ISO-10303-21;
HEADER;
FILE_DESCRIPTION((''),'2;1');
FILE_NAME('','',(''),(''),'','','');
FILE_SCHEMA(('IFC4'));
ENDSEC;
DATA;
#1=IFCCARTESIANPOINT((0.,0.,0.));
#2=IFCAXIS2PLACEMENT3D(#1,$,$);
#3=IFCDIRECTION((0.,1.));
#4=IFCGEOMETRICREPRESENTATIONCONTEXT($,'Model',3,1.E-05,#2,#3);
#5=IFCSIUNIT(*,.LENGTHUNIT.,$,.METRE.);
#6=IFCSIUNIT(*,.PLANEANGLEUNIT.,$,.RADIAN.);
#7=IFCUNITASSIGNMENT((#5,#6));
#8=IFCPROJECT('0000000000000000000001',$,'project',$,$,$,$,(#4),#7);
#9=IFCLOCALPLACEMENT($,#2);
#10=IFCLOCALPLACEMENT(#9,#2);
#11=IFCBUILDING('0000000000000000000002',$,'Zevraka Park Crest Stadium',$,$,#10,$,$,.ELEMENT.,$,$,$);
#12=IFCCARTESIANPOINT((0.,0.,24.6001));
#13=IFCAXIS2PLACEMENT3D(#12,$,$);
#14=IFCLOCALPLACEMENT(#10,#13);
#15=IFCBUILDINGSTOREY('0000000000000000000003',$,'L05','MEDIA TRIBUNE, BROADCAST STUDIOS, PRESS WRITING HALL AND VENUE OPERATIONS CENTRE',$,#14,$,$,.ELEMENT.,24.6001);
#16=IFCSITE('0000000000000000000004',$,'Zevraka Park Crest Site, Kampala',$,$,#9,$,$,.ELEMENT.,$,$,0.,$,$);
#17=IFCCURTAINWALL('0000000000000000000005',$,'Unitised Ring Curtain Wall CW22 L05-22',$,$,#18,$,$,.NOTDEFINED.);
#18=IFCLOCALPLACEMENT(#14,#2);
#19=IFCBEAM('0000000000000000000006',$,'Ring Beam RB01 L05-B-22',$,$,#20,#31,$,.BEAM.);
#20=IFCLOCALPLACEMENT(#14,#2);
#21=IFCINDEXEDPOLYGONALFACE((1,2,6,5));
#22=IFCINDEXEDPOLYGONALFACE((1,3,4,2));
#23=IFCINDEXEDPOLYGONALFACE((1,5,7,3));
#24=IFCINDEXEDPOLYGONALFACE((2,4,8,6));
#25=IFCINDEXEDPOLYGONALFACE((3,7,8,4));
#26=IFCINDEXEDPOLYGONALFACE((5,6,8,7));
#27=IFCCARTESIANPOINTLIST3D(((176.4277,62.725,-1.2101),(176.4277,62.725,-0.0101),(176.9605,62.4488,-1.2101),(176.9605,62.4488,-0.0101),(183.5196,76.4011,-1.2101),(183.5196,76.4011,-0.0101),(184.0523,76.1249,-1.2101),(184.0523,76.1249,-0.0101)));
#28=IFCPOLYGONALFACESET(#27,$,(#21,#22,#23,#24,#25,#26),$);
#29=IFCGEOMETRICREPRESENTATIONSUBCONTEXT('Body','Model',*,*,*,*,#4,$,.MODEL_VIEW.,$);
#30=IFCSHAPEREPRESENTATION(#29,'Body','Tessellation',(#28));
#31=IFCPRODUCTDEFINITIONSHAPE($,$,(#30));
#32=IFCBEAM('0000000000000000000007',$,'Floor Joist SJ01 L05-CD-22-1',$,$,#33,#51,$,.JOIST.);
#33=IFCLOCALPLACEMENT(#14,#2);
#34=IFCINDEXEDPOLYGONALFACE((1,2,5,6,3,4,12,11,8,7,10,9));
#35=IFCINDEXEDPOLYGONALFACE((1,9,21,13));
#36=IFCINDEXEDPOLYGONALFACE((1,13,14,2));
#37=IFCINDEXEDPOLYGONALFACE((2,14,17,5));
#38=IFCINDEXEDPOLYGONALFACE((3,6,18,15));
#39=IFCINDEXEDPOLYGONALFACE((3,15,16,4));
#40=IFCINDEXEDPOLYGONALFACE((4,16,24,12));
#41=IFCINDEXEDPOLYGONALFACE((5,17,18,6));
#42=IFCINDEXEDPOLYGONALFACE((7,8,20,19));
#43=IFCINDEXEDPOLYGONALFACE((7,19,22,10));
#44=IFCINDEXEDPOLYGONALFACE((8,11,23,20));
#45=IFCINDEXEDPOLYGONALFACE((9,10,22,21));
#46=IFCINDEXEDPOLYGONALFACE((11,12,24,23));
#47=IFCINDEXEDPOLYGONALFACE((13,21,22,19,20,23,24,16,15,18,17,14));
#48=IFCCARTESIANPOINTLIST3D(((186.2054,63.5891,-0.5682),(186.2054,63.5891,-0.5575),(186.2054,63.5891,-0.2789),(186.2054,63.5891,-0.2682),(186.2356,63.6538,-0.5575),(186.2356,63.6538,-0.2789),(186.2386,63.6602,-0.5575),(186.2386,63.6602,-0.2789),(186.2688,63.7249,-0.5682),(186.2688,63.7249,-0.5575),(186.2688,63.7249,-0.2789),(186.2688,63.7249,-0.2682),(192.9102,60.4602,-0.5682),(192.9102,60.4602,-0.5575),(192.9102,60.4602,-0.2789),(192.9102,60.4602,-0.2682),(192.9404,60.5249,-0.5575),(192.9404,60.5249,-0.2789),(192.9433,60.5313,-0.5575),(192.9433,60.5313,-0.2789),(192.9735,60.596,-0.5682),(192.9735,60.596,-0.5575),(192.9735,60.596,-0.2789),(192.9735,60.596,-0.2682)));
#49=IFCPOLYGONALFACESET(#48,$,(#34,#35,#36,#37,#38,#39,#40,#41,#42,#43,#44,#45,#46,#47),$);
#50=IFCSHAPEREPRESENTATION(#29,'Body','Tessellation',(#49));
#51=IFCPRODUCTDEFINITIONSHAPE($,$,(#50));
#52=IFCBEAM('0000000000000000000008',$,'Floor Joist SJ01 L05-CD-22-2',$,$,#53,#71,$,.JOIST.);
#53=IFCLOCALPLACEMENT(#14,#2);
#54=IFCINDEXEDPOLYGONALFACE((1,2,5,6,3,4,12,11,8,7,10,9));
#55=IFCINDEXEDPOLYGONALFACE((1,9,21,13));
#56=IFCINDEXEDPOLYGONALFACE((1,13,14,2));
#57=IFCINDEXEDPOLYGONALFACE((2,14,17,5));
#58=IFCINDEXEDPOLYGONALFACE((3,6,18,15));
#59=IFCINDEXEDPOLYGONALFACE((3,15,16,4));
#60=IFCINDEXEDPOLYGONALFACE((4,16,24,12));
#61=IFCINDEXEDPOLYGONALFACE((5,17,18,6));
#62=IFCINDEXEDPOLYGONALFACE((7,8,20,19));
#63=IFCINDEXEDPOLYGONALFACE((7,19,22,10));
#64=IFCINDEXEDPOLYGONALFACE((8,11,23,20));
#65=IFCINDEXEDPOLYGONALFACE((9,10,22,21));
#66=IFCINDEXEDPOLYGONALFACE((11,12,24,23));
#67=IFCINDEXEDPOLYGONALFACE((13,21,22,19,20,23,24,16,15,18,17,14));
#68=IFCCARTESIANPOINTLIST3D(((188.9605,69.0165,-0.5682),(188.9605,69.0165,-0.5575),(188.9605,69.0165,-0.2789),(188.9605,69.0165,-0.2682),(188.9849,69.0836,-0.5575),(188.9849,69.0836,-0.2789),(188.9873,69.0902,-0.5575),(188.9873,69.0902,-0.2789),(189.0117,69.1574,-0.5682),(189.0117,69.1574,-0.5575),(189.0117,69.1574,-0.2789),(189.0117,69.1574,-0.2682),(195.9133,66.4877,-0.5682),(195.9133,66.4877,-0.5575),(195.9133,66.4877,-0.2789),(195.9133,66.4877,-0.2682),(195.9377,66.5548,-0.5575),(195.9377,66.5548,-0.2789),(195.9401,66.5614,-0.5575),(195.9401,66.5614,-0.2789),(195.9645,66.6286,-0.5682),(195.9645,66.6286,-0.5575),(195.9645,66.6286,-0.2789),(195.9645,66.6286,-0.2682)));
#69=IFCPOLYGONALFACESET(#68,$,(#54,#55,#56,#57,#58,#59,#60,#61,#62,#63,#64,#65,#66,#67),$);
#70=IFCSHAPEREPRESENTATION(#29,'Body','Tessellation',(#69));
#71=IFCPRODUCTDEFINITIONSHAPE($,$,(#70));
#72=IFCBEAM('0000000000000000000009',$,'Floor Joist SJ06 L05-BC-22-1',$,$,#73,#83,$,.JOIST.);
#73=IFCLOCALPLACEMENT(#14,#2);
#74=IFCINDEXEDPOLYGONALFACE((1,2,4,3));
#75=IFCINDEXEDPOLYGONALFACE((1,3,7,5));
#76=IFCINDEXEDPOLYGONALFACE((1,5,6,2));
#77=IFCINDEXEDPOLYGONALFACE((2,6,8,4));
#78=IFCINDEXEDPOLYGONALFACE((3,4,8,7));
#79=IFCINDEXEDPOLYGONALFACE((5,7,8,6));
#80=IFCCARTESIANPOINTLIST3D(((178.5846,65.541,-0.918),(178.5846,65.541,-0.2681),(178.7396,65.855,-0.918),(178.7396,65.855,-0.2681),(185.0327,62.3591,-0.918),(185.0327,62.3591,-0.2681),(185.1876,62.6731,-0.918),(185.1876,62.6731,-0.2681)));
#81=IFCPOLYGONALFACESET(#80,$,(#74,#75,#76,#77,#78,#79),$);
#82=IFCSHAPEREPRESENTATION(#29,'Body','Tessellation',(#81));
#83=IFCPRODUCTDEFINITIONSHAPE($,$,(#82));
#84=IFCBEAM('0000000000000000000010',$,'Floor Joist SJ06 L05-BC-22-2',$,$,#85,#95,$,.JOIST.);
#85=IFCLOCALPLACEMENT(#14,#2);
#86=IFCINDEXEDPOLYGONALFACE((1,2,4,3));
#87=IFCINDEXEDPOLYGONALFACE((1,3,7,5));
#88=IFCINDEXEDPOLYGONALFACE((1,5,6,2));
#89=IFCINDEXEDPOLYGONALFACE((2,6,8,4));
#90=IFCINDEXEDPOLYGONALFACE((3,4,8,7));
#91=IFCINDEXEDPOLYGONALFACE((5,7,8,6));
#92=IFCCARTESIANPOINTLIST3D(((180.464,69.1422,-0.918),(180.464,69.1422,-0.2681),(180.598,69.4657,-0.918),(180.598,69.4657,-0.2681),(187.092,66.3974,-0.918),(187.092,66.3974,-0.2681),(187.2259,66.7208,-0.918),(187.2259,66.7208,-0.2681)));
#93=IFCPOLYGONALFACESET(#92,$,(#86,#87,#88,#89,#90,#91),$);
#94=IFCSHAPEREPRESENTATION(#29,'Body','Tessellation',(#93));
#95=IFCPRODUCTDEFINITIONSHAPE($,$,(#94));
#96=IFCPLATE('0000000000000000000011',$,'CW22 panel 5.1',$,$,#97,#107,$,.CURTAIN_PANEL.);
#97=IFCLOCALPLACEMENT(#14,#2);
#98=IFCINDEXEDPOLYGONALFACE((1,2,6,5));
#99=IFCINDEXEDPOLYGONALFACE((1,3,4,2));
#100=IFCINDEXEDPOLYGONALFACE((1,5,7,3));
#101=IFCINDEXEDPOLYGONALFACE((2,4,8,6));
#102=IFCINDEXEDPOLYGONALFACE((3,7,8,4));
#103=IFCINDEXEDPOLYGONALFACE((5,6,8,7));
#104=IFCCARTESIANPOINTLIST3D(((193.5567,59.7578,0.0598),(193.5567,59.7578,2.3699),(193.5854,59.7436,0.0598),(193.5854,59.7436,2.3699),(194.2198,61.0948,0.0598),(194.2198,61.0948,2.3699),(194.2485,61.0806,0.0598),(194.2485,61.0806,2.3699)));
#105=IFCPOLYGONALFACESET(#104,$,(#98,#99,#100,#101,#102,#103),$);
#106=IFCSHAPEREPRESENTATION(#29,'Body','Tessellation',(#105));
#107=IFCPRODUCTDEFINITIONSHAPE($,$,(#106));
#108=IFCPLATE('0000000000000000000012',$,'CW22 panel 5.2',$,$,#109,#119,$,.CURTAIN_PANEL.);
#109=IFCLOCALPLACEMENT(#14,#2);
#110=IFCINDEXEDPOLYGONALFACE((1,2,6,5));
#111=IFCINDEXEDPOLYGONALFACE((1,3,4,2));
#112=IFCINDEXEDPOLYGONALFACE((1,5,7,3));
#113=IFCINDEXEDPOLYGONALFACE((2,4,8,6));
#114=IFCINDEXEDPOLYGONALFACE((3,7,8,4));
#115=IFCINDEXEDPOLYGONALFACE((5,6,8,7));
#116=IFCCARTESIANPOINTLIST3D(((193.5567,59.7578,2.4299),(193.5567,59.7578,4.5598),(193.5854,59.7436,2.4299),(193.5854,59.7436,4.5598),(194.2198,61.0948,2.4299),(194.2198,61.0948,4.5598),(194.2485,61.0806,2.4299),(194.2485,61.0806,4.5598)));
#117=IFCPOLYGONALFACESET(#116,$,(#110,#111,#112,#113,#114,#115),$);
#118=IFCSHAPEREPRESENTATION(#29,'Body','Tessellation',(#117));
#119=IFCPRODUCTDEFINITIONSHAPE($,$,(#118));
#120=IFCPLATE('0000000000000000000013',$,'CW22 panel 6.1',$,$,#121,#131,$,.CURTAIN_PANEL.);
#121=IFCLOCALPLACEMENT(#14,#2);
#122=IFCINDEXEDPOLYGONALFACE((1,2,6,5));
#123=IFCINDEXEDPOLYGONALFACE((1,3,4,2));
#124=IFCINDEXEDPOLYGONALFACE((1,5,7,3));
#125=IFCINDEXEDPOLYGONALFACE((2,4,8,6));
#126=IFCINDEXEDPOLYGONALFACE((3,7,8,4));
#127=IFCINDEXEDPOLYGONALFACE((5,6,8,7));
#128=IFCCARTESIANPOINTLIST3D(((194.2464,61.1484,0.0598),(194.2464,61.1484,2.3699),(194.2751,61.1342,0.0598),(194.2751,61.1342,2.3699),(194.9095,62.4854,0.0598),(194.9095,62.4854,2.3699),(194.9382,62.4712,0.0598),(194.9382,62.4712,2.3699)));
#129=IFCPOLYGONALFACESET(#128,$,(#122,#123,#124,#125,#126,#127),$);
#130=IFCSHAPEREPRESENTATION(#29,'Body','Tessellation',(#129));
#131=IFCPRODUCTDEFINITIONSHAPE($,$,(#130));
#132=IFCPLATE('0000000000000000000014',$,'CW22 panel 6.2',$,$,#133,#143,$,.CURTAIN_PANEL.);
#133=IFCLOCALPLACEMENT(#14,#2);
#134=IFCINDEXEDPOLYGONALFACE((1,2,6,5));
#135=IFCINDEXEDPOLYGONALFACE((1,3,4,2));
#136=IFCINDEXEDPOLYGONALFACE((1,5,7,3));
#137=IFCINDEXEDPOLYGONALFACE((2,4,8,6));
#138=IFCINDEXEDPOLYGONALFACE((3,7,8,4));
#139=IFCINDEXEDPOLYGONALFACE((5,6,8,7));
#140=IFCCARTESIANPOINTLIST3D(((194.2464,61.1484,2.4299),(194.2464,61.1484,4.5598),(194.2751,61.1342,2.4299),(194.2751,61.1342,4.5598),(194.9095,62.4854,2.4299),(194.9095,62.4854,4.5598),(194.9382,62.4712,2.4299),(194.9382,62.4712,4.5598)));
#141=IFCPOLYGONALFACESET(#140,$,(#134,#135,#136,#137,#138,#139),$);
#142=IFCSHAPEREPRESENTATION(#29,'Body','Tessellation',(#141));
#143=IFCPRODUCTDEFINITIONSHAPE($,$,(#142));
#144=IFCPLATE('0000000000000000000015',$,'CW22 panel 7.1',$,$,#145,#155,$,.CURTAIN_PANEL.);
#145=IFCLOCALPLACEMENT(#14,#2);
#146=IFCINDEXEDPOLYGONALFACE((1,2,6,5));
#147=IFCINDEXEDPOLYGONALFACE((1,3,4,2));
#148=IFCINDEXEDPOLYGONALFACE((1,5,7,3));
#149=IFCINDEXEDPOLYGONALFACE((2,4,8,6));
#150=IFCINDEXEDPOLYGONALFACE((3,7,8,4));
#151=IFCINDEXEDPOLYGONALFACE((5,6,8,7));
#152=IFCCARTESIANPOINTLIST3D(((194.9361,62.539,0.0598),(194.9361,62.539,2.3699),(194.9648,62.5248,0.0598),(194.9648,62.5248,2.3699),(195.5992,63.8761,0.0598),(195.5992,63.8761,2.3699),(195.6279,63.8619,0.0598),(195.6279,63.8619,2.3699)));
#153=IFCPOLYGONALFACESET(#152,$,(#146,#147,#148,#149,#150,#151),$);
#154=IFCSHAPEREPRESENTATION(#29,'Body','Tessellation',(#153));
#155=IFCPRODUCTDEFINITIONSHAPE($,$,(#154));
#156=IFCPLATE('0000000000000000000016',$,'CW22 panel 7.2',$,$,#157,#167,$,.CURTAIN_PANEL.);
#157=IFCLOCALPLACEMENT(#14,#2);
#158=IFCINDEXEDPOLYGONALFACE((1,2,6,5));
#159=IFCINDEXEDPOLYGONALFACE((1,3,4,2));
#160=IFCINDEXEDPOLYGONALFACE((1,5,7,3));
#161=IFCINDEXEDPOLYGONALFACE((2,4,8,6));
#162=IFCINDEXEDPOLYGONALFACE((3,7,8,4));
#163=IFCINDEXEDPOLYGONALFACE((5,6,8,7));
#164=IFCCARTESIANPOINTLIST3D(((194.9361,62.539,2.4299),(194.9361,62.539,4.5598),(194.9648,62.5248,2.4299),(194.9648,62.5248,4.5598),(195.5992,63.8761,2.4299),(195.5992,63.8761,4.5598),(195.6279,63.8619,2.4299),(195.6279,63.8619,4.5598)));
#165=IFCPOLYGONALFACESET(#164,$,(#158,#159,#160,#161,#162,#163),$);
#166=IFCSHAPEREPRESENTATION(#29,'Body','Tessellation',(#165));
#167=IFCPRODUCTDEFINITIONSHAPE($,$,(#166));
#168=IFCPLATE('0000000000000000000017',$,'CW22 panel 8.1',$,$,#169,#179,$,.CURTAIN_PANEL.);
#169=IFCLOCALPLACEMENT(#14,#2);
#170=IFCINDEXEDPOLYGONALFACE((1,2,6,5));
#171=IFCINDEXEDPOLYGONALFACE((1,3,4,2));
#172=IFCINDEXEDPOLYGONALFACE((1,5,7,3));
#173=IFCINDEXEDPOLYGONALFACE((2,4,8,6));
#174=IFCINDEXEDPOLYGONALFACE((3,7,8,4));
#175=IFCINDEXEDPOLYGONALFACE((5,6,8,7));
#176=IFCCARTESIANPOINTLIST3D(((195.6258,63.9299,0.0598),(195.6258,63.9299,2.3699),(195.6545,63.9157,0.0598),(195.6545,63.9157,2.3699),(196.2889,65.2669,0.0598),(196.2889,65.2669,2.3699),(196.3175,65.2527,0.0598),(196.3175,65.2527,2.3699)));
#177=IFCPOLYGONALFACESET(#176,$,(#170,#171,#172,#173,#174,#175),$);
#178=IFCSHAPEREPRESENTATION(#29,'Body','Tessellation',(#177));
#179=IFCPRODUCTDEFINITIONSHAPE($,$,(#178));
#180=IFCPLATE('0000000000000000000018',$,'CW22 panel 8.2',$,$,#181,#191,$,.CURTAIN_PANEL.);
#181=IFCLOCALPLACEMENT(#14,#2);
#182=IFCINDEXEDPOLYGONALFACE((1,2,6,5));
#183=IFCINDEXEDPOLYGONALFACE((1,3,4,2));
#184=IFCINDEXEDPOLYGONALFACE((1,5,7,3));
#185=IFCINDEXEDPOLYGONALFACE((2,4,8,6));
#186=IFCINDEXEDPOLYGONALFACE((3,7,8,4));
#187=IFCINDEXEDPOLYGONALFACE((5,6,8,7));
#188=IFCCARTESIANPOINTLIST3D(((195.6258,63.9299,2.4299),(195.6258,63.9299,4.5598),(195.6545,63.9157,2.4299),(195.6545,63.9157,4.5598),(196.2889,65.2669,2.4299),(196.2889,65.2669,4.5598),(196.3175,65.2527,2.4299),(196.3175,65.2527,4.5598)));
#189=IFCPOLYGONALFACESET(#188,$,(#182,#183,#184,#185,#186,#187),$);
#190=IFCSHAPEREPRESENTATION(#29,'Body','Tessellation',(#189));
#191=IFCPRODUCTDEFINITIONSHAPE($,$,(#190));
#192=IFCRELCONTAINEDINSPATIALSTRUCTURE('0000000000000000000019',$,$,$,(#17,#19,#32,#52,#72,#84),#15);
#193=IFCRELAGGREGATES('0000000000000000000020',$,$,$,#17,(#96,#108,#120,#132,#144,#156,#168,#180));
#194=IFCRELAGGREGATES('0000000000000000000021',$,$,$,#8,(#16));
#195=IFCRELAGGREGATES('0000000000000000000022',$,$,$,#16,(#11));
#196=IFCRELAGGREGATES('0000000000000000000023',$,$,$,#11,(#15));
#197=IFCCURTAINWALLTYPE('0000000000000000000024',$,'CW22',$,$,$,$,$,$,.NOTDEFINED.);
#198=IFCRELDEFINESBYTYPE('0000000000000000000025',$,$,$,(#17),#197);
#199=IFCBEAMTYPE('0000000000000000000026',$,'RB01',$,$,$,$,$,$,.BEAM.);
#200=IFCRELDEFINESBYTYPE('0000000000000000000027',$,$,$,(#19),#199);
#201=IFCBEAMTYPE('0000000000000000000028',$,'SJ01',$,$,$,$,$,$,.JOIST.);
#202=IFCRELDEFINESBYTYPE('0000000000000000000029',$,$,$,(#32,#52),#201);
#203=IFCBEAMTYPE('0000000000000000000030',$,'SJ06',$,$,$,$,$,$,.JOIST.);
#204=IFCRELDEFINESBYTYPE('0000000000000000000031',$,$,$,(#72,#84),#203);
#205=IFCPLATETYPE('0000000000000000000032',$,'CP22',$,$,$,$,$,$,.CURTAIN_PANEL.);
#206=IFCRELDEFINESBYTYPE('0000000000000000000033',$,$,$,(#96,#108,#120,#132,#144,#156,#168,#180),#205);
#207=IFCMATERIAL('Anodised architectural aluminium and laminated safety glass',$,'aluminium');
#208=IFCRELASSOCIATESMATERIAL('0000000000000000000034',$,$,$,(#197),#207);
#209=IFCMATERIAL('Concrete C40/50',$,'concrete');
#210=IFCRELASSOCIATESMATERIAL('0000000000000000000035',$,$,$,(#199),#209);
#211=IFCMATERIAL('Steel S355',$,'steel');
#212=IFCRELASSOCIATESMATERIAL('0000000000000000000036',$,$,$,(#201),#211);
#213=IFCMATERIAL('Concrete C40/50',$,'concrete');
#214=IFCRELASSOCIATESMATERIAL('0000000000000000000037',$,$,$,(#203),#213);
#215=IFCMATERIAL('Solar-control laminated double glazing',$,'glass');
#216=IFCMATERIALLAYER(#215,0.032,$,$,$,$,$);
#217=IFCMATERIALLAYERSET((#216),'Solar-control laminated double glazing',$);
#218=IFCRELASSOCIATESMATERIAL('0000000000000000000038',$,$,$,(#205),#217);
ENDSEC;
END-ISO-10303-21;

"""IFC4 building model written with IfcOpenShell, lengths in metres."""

from ifc_helpers import new_model, si_unit, direction, frame, origin, origin_2d, place, context, subcontext, project, spatial, rectangle, i_section, extrude, material, layer, layer_set, material_profile, profile_set, type_object, element, aggregate, save


model = new_model("IFC4")

# Units and contexts
model_context = context("Model", 3, precision=1e-05, world=origin(), true_north=direction((0.0, 1.0)))
body_context = subcontext(model_context, "Body", "Model", "MODEL_VIEW")
ifc_project = project(units=[si_unit("LENGTHUNIT", "METRE"), si_unit("PLANEANGLEUNIT", "RADIAN")], contexts=[model_context])

# Site, building, storey
site_placement = place(None, origin())
site = spatial("IfcSite", under=ifc_project, at=site_placement, Name="Zevraka Park Crest Site, Kampala", CompositionType="ELEMENT", RefElevation=0.0)
building_placement = place(site_placement, origin())
building = spatial("IfcBuilding", under=site, at=building_placement, Name="Zevraka Park Crest Stadium", CompositionType="ELEMENT")
storey_placement = place(building_placement, frame((0.0, 0.0, 24.6001)))
storey = spatial("IfcBuildingStorey", under=building, at=storey_placement, Name="L05", Description="MEDIA TRIBUNE, BROADCAST STUDIOS, PRESS WRITING HALL AND VENUE OPERATIONS CENTRE", CompositionType="ELEMENT", Elevation=24.6001)

# Curtain wall
ifc_material_1 = material(Name="Anodised architectural aluminium and laminated safety glass", Category="aluminium")
curtain_wall_type = type_object("IfcCurtainWallType", Name="CW22", PredefinedType="NOTDEFINED", material=ifc_material_1)
curtain_wall_placement = place(storey_placement, origin())
curtain_wall = element("IfcCurtainWall", 1, at=curtain_wall_placement, inside=storey, type_object=curtain_wall_type, Name="Unitised Ring Curtain Wall CW22 L05-22", PredefinedType="NOTDEFINED")

# Beams
ifc_material_2 = material(Name="Concrete C40/50", Category="concrete")
ifc_material_profile_1 = material_profile(ifc_material_2, rectangle(XDim=0.6001, YDim=1.2, at=origin_2d()), Name="RC 1200x600")
ifc_profile_set_1 = profile_set([ifc_material_profile_1], Name="Concrete C40/50")
beam_type_1 = type_object("IfcBeamType", Name="RB01", PredefinedType="BEAM", material=ifc_profile_set_1)
beam_1_placement = place(storey_placement, frame((176.6941, 62.5869, -0.6101), z_axis=(0.460344, 0.887741, 0.0), x_axis=(-0.887741, 0.460344, 0.0)))
element("IfcBeam", 2, at=beam_1_placement, inside=storey, type_object=beam_type_1, Name="Ring Beam RB01 L05-B-22", PredefinedType="BEAM", context=body_context, shape_type="SweptSolid", body=[
    extrude(rectangle(XDim=0.6001, YDim=1.2, at=origin_2d()), origin(), (0.0, 0.0, 1.0), 15.4055),
])
ifc_material_3 = material(Name="Steel S355", Category="steel")
ifc_material_profile_2 = material_profile(ifc_material_3, i_section(OverallWidth=0.1499, OverallDepth=0.3, WebThickness=0.0071, FlangeThickness=0.0107, at=origin_2d()), Name="IPE 300")
ifc_profile_set_2 = profile_set([ifc_material_profile_2], Name="Steel S355")
beam_type_2 = type_object("IfcBeamType", Name="SJ01", PredefinedType="JOIST", material=ifc_profile_set_2)
beam_2_placement = place(storey_placement, frame((186.2371, 63.657, -0.4182), z_axis=(0.906184, -0.422884, 0.0), x_axis=(0.422884, 0.906184, 0.0)))
element("IfcBeam", 3, at=beam_2_placement, inside=storey, type_object=beam_type_2, Name="Floor Joist SJ01 L05-CD-22-1", PredefinedType="JOIST", context=body_context, shape_type="SweptSolid", body=[
    extrude(i_section(OverallWidth=0.1499, OverallDepth=0.3, WebThickness=0.0071, FlangeThickness=0.0107, at=origin_2d()), origin(), (0.0, 0.0, 1.0), 7.3989),
])
beam_3_placement = place(storey_placement, frame((188.9861, 69.0869, -0.4182), z_axis=(0.939772, -0.341801, 0.0), x_axis=(0.341801, 0.939772, 0.0)))
element("IfcBeam", 4, at=beam_3_placement, inside=storey, type_object=beam_type_2, Name="Floor Joist SJ01 L05-CD-22-2", PredefinedType="JOIST", context=body_context, shape_type="SweptSolid", body=[
    extrude(i_section(OverallWidth=0.1499, OverallDepth=0.3, WebThickness=0.0071, FlangeThickness=0.0107, at=origin_2d()), origin(), (0.0, 0.0, 1.0), 7.3984),
])
ifc_material_4 = material(Name="Concrete C40/50", Category="concrete")
ifc_material_profile_3 = material_profile(ifc_material_4, rectangle(XDim=0.3501, YDim=0.6499, at=origin_2d()), Name="RC 650x350")
ifc_profile_set_3 = profile_set([ifc_material_profile_3], Name="Concrete C40/50")
beam_type_3 = type_object("IfcBeamType", Name="SJ06", PredefinedType="JOIST", material=ifc_profile_set_3)
beam_4_placement = place(storey_placement, frame((178.6621, 65.698, -0.593), z_axis=(0.896758, -0.442522, 0.0), x_axis=(0.442522, 0.896758, 0.0)))
element("IfcBeam", 5, at=beam_4_placement, inside=storey, type_object=beam_type_3, Name="Floor Joist SJ06 L05-BC-22-1", PredefinedType="JOIST", context=body_context, shape_type="SweptSolid", body=[
    extrude(rectangle(XDim=0.3501, YDim=0.6499, at=origin_2d()), origin(), (0.0, 0.0, 1.0), 7.1904),
])
beam_5_placement = place(storey_placement, frame((180.531, 69.304, -0.593), z_axis=(0.923904, -0.382623, 0.0), x_axis=(0.382623, 0.923904, 0.0)))
element("IfcBeam", 6, at=beam_5_placement, inside=storey, type_object=beam_type_3, Name="Floor Joist SJ06 L05-BC-22-2", PredefinedType="JOIST", context=body_context, shape_type="SweptSolid", body=[
    extrude(rectangle(XDim=0.3501, YDim=0.6499, at=origin_2d()), origin(), (0.0, 0.0, 1.0), 7.1738),
])

# Plates
ifc_material_5 = material(Name="Solar-control laminated double glazing", Category="glass")
ifc_layer_1 = layer(ifc_material_5, 0.032)
ifc_layer_set_1 = layer_set([ifc_layer_1], Name="Solar-control laminated double glazing")
plate_type = type_object("IfcPlateType", Name="CP22", PredefinedType="CURTAIN_PANEL", material=ifc_layer_set_1)
plate_1_placement = place(storey_placement, frame((193.9026, 60.4192, 0.0598), z_axis=(0.0, 0.0, 1.0), x_axis=(0.444297, 0.895879, 0.0)))
plate_1 = element("IfcPlate", 7, at=plate_1_placement, type_object=plate_type, Name="CW22 panel 5.1", PredefinedType="CURTAIN_PANEL", context=body_context, shape_type="SweptSolid", body=[
    extrude(rectangle(XDim=1.4924, YDim=0.032, at=origin_2d()), origin(), (0.0, 0.0, 1.0), 2.3101),
])
plate_2_placement = place(storey_placement, frame((193.9026, 60.4192, 2.4299), z_axis=(0.0, 0.0, 1.0), x_axis=(0.444297, 0.895879, 0.0)))
plate_2 = element("IfcPlate", 8, at=plate_2_placement, type_object=plate_type, Name="CW22 panel 5.2", PredefinedType="CURTAIN_PANEL", context=body_context, shape_type="SweptSolid", body=[
    extrude(rectangle(XDim=1.4924, YDim=0.032, at=origin_2d()), origin(), (0.0, 0.0, 1.0), 2.1299),
])
plate_3_placement = place(storey_placement, frame((194.5923, 61.8098, 0.0598), z_axis=(0.0, 0.0, 1.0), x_axis=(0.444297, 0.895879, 0.0)))
plate_3 = element("IfcPlate", 9, at=plate_3_placement, type_object=plate_type, Name="CW22 panel 6.1", PredefinedType="CURTAIN_PANEL", context=body_context, shape_type="SweptSolid", body=[
    extrude(rectangle(XDim=1.4924, YDim=0.032, at=origin_2d()), origin(), (0.0, 0.0, 1.0), 2.3101),
])
plate_4_placement = place(storey_placement, frame((194.5923, 61.8098, 2.4299), z_axis=(0.0, 0.0, 1.0), x_axis=(0.444297, 0.895879, 0.0)))
plate_4 = element("IfcPlate", 10, at=plate_4_placement, type_object=plate_type, Name="CW22 panel 6.2", PredefinedType="CURTAIN_PANEL", context=body_context, shape_type="SweptSolid", body=[
    extrude(rectangle(XDim=1.4924, YDim=0.032, at=origin_2d()), origin(), (0.0, 0.0, 1.0), 2.1299),
])
plate_5_placement = place(storey_placement, frame((195.282, 63.2004, 0.0598), z_axis=(0.0, 0.0, 1.0), x_axis=(0.444297, 0.895879, 0.0)))
plate_5 = element("IfcPlate", 11, at=plate_5_placement, type_object=plate_type, Name="CW22 panel 7.1", PredefinedType="CURTAIN_PANEL", context=body_context, shape_type="SweptSolid", body=[
    extrude(rectangle(XDim=1.4924, YDim=0.032, at=origin_2d()), origin(), (0.0, 0.0, 1.0), 2.3101),
])
plate_6_placement = place(storey_placement, frame((195.282, 63.2004, 2.4299), z_axis=(0.0, 0.0, 1.0), x_axis=(0.444297, 0.895879, 0.0)))
plate_6 = element("IfcPlate", 12, at=plate_6_placement, type_object=plate_type, Name="CW22 panel 7.2", PredefinedType="CURTAIN_PANEL", context=body_context, shape_type="SweptSolid", body=[
    extrude(rectangle(XDim=1.4924, YDim=0.032, at=origin_2d()), origin(), (0.0, 0.0, 1.0), 2.1299),
])
plate_7_placement = place(storey_placement, frame((195.9717, 64.5913, 0.0598), z_axis=(0.0, 0.0, 1.0), x_axis=(0.444297, 0.895879, 0.0)))
plate_7 = element("IfcPlate", 13, at=plate_7_placement, type_object=plate_type, Name="CW22 panel 8.1", PredefinedType="CURTAIN_PANEL", context=body_context, shape_type="SweptSolid", body=[
    extrude(rectangle(XDim=1.4924, YDim=0.032, at=origin_2d()), origin(), (0.0, 0.0, 1.0), 2.3101),
])
plate_8_placement = place(storey_placement, frame((195.9717, 64.5913, 2.4299), z_axis=(0.0, 0.0, 1.0), x_axis=(0.444297, 0.895879, 0.0)))
plate_8 = element("IfcPlate", 14, at=plate_8_placement, type_object=plate_type, Name="CW22 panel 8.2", PredefinedType="CURTAIN_PANEL", context=body_context, shape_type="SweptSolid", body=[
    extrude(rectangle(XDim=1.4924, YDim=0.032, at=origin_2d()), origin(), (0.0, 0.0, 1.0), 2.1299),
])
aggregate(curtain_wall, [plate_1, plate_2, plate_3, plate_4, plate_5, plate_6, plate_7, plate_8])

save(model, "model.ifc")
